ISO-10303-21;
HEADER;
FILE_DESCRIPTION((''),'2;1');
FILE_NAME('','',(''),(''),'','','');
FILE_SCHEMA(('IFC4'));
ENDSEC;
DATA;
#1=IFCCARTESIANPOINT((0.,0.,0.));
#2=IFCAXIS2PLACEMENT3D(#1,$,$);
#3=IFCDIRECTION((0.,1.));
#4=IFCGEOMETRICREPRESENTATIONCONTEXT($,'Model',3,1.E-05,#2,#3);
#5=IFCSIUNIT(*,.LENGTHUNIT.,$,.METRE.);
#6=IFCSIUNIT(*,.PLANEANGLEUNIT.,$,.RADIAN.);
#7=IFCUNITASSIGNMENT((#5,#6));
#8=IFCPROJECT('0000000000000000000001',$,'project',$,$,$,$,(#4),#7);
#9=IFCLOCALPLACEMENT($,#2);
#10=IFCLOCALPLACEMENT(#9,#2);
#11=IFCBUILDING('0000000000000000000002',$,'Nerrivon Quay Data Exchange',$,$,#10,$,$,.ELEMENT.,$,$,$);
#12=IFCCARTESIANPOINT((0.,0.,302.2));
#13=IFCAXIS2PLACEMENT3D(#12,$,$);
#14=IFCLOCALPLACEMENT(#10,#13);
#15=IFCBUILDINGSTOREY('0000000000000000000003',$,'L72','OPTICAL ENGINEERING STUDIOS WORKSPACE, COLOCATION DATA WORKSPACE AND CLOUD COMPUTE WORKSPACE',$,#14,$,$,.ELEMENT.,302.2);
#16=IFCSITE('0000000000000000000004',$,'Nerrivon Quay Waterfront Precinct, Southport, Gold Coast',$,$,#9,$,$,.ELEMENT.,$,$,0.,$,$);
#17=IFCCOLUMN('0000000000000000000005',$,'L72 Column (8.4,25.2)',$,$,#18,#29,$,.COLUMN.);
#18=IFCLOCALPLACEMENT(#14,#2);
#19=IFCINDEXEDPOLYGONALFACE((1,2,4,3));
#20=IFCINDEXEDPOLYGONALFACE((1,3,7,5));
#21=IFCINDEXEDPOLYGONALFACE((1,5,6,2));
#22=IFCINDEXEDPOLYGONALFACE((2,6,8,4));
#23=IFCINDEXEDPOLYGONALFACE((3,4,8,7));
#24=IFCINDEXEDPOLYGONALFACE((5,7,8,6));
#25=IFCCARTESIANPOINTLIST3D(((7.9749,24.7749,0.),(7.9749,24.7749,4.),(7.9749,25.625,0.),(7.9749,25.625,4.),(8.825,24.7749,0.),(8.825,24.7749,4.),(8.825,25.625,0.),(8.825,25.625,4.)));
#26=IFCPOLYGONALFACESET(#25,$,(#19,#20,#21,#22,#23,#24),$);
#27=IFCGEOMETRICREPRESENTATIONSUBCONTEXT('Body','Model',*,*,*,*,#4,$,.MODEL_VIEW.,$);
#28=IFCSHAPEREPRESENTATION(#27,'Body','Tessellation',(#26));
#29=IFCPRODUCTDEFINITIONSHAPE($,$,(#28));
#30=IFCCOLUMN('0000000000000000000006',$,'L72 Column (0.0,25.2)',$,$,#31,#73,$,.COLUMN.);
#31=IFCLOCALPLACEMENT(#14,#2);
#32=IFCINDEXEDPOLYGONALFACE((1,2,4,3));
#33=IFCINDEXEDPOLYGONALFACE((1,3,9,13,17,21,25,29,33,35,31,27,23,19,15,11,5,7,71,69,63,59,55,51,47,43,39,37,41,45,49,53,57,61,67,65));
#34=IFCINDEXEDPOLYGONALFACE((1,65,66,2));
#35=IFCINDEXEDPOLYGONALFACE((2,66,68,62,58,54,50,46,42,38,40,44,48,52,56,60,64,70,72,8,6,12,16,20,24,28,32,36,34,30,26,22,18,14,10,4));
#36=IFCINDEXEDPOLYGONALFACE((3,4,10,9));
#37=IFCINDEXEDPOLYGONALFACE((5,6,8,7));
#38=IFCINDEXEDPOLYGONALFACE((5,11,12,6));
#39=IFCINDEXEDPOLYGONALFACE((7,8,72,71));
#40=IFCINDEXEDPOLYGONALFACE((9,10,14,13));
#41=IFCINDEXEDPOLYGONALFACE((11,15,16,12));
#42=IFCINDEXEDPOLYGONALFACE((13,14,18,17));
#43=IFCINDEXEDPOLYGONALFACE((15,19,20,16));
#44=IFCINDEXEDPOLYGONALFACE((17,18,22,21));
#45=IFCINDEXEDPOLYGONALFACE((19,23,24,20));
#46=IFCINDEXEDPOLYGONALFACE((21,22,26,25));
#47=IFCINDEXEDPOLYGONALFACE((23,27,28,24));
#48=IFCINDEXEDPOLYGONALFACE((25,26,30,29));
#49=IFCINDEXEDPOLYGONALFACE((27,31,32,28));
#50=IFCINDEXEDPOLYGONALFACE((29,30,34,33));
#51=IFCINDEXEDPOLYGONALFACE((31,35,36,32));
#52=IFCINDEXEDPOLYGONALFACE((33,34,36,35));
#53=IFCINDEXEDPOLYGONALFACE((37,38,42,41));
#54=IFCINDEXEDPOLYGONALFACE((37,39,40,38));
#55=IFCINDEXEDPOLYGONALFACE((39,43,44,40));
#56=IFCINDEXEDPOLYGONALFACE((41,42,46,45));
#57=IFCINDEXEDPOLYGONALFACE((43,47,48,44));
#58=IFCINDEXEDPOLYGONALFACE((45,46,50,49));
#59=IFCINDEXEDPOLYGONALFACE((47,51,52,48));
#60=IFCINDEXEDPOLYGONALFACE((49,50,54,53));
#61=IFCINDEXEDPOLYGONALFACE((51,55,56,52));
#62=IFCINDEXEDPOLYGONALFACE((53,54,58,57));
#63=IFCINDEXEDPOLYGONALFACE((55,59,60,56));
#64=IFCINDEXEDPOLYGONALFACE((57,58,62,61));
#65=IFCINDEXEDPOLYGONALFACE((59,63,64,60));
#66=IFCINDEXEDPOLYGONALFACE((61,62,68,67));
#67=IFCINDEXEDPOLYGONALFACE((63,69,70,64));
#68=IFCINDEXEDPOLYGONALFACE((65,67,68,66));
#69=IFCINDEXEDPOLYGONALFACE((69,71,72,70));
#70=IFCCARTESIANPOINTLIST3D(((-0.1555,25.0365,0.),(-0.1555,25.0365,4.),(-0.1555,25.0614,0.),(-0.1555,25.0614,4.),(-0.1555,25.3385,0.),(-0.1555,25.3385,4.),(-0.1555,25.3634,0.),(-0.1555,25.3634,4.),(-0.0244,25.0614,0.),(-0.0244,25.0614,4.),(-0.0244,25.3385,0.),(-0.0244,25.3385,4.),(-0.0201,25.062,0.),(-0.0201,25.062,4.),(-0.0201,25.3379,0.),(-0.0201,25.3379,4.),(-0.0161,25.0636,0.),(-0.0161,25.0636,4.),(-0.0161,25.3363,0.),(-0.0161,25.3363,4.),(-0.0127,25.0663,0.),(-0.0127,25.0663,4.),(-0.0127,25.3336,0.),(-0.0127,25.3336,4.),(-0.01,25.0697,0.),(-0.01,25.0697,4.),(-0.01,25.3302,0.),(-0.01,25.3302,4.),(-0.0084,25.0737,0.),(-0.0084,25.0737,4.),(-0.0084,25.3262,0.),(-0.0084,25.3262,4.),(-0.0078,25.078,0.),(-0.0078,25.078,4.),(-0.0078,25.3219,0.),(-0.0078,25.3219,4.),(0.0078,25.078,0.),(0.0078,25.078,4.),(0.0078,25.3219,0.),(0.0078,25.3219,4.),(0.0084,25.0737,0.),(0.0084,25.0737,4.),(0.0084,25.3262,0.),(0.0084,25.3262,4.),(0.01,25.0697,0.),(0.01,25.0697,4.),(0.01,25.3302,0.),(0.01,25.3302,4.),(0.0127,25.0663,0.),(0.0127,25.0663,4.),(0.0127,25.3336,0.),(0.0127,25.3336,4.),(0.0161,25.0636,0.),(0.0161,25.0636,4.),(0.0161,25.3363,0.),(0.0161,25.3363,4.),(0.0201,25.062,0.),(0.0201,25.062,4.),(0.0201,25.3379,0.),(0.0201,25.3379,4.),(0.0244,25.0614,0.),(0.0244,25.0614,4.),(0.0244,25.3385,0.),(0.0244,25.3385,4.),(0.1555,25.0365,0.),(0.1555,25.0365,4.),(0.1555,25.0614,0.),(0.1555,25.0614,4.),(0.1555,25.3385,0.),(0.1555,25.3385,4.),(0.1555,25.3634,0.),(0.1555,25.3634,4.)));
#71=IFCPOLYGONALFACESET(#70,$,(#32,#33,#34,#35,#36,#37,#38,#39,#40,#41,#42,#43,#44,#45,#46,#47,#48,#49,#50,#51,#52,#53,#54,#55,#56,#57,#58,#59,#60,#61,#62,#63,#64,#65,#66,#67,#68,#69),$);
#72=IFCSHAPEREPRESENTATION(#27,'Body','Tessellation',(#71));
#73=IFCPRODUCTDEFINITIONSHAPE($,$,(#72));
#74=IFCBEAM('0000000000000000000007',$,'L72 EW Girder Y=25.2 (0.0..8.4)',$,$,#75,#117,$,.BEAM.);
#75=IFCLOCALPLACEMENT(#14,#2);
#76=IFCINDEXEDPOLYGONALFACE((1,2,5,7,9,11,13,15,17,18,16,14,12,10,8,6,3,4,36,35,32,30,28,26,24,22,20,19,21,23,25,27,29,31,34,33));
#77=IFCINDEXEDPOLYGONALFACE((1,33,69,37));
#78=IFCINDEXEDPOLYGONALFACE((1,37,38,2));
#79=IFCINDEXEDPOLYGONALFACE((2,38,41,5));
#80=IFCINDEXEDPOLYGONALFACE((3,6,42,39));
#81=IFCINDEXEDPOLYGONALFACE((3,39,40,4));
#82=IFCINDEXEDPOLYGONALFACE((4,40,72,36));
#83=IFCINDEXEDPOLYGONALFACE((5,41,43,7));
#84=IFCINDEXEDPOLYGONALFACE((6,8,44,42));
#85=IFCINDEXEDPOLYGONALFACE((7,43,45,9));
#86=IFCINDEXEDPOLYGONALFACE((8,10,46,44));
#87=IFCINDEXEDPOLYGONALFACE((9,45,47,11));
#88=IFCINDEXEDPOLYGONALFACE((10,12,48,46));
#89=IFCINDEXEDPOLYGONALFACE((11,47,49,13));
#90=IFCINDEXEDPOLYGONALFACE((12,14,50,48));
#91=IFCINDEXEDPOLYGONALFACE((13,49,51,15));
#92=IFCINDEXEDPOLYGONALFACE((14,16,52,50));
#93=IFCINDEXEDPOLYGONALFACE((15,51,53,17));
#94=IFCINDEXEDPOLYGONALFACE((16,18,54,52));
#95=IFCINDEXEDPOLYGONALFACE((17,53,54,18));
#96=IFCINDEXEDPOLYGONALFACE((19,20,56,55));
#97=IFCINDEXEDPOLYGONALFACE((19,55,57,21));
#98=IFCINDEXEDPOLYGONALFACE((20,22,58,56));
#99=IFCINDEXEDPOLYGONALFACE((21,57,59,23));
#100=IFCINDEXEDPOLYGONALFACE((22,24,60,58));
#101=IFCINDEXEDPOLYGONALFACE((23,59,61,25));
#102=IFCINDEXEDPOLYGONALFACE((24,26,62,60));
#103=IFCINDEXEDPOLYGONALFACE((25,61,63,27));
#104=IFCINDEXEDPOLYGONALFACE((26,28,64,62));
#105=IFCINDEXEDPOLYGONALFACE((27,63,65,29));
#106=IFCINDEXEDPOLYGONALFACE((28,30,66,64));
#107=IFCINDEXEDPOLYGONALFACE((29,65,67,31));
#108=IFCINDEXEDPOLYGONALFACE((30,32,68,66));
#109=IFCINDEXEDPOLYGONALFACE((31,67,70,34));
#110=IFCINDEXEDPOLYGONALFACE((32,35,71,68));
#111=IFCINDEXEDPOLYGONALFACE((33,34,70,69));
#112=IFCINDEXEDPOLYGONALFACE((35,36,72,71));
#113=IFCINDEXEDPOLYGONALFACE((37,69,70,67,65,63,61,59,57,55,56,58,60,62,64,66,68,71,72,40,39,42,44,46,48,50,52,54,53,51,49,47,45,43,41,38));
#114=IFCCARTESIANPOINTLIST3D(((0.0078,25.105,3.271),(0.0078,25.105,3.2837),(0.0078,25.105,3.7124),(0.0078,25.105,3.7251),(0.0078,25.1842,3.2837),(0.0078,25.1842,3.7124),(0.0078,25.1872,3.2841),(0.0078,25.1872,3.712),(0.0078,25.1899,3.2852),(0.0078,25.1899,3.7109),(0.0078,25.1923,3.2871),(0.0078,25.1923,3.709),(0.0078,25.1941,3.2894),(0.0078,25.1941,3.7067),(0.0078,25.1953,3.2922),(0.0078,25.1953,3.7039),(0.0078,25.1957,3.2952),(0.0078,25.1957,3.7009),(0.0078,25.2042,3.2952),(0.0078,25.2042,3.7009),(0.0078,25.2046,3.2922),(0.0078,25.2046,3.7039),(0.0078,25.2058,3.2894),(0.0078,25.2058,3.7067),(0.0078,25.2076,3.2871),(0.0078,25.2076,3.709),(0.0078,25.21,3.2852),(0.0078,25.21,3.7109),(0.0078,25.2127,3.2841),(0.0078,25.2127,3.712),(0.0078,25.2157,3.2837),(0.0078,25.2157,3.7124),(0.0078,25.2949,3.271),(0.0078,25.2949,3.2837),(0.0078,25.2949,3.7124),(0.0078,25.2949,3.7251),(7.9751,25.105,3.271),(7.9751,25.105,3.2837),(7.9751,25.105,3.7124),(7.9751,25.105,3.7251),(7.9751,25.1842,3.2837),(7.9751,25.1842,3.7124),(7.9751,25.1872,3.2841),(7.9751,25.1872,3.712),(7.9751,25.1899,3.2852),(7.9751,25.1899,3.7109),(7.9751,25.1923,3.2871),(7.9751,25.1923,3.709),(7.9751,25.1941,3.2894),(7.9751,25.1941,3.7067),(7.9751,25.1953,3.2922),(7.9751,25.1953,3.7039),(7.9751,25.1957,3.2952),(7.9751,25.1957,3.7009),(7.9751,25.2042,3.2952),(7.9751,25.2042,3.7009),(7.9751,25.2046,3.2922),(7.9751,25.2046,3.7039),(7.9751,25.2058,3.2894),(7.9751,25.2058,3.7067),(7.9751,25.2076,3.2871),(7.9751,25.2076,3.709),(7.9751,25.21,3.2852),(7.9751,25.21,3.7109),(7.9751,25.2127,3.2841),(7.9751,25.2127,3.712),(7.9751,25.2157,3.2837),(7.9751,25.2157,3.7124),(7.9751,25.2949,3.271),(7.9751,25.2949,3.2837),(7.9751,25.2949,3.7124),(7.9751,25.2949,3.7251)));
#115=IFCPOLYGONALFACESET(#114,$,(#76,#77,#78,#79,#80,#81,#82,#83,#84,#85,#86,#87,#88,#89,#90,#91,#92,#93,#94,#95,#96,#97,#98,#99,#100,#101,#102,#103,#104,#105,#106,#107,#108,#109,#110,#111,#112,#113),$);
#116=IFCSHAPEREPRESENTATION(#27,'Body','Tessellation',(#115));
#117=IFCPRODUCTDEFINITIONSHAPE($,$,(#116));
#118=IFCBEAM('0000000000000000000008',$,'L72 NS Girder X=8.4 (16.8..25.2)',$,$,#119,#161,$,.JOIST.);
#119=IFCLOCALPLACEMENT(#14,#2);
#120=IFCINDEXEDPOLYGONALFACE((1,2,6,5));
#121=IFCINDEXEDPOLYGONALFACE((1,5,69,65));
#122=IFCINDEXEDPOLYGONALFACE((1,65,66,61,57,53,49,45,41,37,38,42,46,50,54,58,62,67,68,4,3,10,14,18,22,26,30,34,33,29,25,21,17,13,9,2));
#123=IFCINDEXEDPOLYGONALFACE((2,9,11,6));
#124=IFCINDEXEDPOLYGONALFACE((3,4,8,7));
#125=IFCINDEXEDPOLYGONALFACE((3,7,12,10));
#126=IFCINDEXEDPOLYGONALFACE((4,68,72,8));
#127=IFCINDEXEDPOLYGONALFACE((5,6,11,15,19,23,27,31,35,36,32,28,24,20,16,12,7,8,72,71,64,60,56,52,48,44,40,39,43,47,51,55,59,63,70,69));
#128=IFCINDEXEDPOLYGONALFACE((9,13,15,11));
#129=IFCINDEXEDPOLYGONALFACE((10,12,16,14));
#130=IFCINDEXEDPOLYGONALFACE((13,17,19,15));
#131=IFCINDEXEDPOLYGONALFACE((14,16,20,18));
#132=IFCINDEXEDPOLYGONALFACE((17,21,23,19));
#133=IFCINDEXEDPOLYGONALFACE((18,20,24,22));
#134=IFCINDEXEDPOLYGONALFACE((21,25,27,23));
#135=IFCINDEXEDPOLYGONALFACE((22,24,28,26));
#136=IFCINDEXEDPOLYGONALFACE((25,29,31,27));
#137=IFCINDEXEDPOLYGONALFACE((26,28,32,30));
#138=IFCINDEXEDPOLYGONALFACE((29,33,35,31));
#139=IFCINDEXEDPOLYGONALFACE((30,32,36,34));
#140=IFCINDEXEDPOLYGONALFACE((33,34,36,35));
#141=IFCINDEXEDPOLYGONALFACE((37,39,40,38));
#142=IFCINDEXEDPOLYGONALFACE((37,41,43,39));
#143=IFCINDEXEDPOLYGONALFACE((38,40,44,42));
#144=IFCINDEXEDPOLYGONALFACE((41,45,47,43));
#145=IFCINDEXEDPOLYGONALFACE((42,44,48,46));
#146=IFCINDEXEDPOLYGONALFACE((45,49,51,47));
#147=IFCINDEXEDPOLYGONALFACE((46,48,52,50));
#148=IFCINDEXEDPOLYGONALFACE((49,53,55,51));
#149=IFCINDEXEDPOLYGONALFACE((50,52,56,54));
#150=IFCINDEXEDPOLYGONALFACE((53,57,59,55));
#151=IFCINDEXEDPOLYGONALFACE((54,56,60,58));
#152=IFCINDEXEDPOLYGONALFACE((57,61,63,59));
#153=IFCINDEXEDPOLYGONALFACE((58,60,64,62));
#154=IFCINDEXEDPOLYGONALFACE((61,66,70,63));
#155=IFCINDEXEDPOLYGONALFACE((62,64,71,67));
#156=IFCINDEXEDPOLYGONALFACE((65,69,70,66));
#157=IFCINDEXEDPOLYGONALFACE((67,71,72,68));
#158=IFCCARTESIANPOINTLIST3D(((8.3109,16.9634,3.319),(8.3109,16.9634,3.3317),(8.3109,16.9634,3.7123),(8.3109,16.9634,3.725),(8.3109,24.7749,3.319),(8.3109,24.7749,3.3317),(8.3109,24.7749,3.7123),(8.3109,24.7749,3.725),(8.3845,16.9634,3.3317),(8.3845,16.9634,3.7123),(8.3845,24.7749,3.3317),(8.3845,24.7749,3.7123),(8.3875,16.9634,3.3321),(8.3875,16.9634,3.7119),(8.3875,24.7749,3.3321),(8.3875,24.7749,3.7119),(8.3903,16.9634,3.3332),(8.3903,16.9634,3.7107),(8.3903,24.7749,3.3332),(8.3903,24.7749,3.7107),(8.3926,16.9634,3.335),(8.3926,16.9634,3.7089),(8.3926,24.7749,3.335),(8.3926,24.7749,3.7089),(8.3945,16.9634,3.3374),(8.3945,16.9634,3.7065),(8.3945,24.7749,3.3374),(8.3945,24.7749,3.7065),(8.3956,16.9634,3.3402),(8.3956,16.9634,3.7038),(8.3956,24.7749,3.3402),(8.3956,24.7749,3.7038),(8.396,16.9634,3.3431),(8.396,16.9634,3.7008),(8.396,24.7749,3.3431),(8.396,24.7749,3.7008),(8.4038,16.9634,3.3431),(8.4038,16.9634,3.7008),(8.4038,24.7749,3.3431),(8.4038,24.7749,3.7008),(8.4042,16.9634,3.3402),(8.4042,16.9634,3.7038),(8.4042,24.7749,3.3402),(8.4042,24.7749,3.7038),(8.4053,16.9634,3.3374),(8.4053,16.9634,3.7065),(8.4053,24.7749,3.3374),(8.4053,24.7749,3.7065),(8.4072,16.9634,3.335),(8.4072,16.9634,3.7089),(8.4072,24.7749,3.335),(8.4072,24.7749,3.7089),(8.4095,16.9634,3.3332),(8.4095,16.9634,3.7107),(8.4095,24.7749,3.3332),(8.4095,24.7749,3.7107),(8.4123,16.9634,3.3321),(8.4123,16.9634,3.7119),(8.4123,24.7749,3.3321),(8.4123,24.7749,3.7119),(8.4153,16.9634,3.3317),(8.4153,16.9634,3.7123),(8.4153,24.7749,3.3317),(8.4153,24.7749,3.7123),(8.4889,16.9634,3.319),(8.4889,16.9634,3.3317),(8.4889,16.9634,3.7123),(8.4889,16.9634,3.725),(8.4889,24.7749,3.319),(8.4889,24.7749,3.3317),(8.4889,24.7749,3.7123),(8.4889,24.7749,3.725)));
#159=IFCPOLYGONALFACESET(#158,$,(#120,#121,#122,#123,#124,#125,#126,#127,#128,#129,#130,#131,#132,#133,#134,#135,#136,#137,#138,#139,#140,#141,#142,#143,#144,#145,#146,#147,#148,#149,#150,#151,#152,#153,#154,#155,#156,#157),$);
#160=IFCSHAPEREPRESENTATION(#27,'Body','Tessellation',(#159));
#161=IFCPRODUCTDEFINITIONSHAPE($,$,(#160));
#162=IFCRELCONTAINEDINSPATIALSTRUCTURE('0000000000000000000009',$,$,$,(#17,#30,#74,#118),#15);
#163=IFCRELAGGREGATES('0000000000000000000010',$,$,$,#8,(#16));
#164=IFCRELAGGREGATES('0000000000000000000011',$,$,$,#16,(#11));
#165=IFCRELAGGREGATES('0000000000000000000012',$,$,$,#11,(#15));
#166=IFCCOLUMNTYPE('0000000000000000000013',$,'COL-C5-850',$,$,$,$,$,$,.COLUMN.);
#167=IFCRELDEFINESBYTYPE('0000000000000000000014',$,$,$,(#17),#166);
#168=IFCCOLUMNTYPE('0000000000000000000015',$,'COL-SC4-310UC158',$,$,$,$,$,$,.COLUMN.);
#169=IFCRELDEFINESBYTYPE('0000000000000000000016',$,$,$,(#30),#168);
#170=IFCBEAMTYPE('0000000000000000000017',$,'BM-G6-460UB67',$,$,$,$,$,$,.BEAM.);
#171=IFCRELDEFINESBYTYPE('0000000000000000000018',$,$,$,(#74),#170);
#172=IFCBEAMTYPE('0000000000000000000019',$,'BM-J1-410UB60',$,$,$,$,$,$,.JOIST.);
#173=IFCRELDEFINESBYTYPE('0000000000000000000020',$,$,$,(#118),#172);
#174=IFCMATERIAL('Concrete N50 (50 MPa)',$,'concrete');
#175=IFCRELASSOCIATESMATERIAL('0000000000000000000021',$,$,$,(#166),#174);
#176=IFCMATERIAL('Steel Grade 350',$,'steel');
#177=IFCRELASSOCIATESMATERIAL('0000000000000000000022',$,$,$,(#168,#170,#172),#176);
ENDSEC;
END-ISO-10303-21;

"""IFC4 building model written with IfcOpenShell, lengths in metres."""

from ifc_helpers import new_model, si_unit, direction, frame, origin, origin_2d, place, context, subcontext, project, spatial, rectangle, i_section, extrude, material, material_profile, profile_set, type_object, element, save


model = new_model("IFC4")

# Units and contexts
model_context = context("Model", 3, precision=1e-05, world=origin(), true_north=direction((0.0, 1.0)))
body_context = subcontext(model_context, "Body", "Model", "MODEL_VIEW")
ifc_project = project(units=[si_unit("LENGTHUNIT", "METRE"), si_unit("PLANEANGLEUNIT", "RADIAN")], contexts=[model_context])

# Site, building, storey
site_placement = place(None, origin())
site = spatial("IfcSite", under=ifc_project, at=site_placement, Name="Nerrivon Quay Waterfront Precinct, Southport, Gold Coast", CompositionType="ELEMENT", RefElevation=0.0)
building_placement = place(site_placement, origin())
building = spatial("IfcBuilding", under=site, at=building_placement, Name="Nerrivon Quay Data Exchange", CompositionType="ELEMENT")
storey_placement = place(building_placement, frame((0.0, 0.0, 302.2)))
storey = spatial("IfcBuildingStorey", under=building, at=storey_placement, Name="L72", Description="OPTICAL ENGINEERING STUDIOS WORKSPACE, COLOCATION DATA WORKSPACE AND CLOUD COMPUTE WORKSPACE", CompositionType="ELEMENT", Elevation=302.2)

# Columns
ifc_material_1 = material(Name="Concrete N50 (50 MPa)", Category="concrete")
ifc_material_profile_1 = material_profile(ifc_material_1, rectangle(XDim=0.8501, YDim=0.8501, at=origin_2d()), Name="RC-COL-850x850")
ifc_profile_set_1 = profile_set([ifc_material_profile_1], Name="Concrete N50 (50 MPa)")
column_type_1 = type_object("IfcColumnType", Name="COL-C5-850", PredefinedType="COLUMN", material=ifc_profile_set_1)
column_1_placement = place(storey_placement, frame((8.3999, 25.2, 0.0), z_axis=(0.0, 0.0, 1.0), x_axis=(1.0, 0.0, 0.0)))
element("IfcColumn", 1, at=column_1_placement, inside=storey, type_object=column_type_1, Name="L72 Column (8.4,25.2)", PredefinedType="COLUMN", context=body_context, shape_type="SweptSolid", body=[
    extrude(rectangle(XDim=0.8501, YDim=0.8501, at=origin_2d()), origin(), (0.0, 0.0, 1.0), 4.0),
])
ifc_material_2 = material(Name="Steel Grade 350", Category="steel")
ifc_material_profile_2 = material_profile(ifc_material_2, i_section(OverallWidth=0.311, OverallDepth=0.3269, WebThickness=0.0156, FlangeThickness=0.0249, FilletRadius=0.0166, at=origin_2d()), Name="310UC158")
ifc_profile_set_2 = profile_set([ifc_material_profile_2], Name="Steel Grade 350")
column_type_2 = type_object("IfcColumnType", Name="COL-SC4-310UC158", PredefinedType="COLUMN", material=ifc_profile_set_2)
column_2_placement = place(storey_placement, frame((0.0, 25.2, 0.0), z_axis=(0.0, 0.0, 1.0), x_axis=(1.0, 0.0, 0.0)))
element("IfcColumn", 2, at=column_2_placement, inside=storey, type_object=column_type_2, Name="L72 Column (0.0,25.2)", PredefinedType="COLUMN", context=body_context, shape_type="SweptSolid", body=[
    extrude(i_section(OverallWidth=0.311, OverallDepth=0.3269, WebThickness=0.0156, FlangeThickness=0.0249, FilletRadius=0.0166, at=origin_2d()), origin(), (0.0, 0.0, 1.0), 4.0),
])

# Beams
ifc_material_profile_3 = material_profile(ifc_material_2, i_section(OverallWidth=0.1899, OverallDepth=0.4541, WebThickness=0.0085, FlangeThickness=0.0127, FilletRadius=0.0115, at=origin_2d()), Name="460UB67.1")
ifc_profile_set_3 = profile_set([ifc_material_profile_3], Name="Steel Grade 350")
beam_type_1 = type_object("IfcBeamType", Name="BM-G6-460UB67", PredefinedType="BEAM", material=ifc_profile_set_3)
beam_1_placement = place(storey_placement, frame((0.0078, 25.2, 3.498), z_axis=(1.0, 0.0, 0.0), x_axis=(0.0, 1.0, 0.0)))
element("IfcBeam", 3, at=beam_1_placement, inside=storey, type_object=beam_type_1, Name="L72 EW Girder Y=25.2 (0.0..8.4)", PredefinedType="BEAM", context=body_context, shape_type="SweptSolid", body=[
    extrude(i_section(OverallWidth=0.1899, OverallDepth=0.4541, WebThickness=0.0085, FlangeThickness=0.0127, FilletRadius=0.0115, at=origin_2d()), origin(), (0.0, 0.0, 1.0), 7.9673),
])
ifc_material_profile_4 = material_profile(ifc_material_2, i_section(OverallWidth=0.178, OverallDepth=0.406, WebThickness=0.0078, FlangeThickness=0.0127, FilletRadius=0.0115, at=origin_2d()), Name="410UB59.7")
ifc_profile_set_4 = profile_set([ifc_material_profile_4], Name="Steel Grade 350")
beam_type_2 = type_object("IfcBeamType", Name="BM-J1-410UB60", PredefinedType="JOIST", material=ifc_profile_set_4)
beam_2_placement = place(storey_placement, frame((8.3999, 16.9634, 3.522), z_axis=(0.0, 1.0, 0.0), x_axis=(-1.0, 0.0, 0.0)))
element("IfcBeam", 4, at=beam_2_placement, inside=storey, type_object=beam_type_2, Name="L72 NS Girder X=8.4 (16.8..25.2)", PredefinedType="JOIST", context=body_context, shape_type="SweptSolid", body=[
    extrude(i_section(OverallWidth=0.178, OverallDepth=0.406, WebThickness=0.0078, FlangeThickness=0.0127, FilletRadius=0.0115, at=origin_2d()), origin(), (0.0, 0.0, 1.0), 7.8115),
])

save(model, "model.ifc")
